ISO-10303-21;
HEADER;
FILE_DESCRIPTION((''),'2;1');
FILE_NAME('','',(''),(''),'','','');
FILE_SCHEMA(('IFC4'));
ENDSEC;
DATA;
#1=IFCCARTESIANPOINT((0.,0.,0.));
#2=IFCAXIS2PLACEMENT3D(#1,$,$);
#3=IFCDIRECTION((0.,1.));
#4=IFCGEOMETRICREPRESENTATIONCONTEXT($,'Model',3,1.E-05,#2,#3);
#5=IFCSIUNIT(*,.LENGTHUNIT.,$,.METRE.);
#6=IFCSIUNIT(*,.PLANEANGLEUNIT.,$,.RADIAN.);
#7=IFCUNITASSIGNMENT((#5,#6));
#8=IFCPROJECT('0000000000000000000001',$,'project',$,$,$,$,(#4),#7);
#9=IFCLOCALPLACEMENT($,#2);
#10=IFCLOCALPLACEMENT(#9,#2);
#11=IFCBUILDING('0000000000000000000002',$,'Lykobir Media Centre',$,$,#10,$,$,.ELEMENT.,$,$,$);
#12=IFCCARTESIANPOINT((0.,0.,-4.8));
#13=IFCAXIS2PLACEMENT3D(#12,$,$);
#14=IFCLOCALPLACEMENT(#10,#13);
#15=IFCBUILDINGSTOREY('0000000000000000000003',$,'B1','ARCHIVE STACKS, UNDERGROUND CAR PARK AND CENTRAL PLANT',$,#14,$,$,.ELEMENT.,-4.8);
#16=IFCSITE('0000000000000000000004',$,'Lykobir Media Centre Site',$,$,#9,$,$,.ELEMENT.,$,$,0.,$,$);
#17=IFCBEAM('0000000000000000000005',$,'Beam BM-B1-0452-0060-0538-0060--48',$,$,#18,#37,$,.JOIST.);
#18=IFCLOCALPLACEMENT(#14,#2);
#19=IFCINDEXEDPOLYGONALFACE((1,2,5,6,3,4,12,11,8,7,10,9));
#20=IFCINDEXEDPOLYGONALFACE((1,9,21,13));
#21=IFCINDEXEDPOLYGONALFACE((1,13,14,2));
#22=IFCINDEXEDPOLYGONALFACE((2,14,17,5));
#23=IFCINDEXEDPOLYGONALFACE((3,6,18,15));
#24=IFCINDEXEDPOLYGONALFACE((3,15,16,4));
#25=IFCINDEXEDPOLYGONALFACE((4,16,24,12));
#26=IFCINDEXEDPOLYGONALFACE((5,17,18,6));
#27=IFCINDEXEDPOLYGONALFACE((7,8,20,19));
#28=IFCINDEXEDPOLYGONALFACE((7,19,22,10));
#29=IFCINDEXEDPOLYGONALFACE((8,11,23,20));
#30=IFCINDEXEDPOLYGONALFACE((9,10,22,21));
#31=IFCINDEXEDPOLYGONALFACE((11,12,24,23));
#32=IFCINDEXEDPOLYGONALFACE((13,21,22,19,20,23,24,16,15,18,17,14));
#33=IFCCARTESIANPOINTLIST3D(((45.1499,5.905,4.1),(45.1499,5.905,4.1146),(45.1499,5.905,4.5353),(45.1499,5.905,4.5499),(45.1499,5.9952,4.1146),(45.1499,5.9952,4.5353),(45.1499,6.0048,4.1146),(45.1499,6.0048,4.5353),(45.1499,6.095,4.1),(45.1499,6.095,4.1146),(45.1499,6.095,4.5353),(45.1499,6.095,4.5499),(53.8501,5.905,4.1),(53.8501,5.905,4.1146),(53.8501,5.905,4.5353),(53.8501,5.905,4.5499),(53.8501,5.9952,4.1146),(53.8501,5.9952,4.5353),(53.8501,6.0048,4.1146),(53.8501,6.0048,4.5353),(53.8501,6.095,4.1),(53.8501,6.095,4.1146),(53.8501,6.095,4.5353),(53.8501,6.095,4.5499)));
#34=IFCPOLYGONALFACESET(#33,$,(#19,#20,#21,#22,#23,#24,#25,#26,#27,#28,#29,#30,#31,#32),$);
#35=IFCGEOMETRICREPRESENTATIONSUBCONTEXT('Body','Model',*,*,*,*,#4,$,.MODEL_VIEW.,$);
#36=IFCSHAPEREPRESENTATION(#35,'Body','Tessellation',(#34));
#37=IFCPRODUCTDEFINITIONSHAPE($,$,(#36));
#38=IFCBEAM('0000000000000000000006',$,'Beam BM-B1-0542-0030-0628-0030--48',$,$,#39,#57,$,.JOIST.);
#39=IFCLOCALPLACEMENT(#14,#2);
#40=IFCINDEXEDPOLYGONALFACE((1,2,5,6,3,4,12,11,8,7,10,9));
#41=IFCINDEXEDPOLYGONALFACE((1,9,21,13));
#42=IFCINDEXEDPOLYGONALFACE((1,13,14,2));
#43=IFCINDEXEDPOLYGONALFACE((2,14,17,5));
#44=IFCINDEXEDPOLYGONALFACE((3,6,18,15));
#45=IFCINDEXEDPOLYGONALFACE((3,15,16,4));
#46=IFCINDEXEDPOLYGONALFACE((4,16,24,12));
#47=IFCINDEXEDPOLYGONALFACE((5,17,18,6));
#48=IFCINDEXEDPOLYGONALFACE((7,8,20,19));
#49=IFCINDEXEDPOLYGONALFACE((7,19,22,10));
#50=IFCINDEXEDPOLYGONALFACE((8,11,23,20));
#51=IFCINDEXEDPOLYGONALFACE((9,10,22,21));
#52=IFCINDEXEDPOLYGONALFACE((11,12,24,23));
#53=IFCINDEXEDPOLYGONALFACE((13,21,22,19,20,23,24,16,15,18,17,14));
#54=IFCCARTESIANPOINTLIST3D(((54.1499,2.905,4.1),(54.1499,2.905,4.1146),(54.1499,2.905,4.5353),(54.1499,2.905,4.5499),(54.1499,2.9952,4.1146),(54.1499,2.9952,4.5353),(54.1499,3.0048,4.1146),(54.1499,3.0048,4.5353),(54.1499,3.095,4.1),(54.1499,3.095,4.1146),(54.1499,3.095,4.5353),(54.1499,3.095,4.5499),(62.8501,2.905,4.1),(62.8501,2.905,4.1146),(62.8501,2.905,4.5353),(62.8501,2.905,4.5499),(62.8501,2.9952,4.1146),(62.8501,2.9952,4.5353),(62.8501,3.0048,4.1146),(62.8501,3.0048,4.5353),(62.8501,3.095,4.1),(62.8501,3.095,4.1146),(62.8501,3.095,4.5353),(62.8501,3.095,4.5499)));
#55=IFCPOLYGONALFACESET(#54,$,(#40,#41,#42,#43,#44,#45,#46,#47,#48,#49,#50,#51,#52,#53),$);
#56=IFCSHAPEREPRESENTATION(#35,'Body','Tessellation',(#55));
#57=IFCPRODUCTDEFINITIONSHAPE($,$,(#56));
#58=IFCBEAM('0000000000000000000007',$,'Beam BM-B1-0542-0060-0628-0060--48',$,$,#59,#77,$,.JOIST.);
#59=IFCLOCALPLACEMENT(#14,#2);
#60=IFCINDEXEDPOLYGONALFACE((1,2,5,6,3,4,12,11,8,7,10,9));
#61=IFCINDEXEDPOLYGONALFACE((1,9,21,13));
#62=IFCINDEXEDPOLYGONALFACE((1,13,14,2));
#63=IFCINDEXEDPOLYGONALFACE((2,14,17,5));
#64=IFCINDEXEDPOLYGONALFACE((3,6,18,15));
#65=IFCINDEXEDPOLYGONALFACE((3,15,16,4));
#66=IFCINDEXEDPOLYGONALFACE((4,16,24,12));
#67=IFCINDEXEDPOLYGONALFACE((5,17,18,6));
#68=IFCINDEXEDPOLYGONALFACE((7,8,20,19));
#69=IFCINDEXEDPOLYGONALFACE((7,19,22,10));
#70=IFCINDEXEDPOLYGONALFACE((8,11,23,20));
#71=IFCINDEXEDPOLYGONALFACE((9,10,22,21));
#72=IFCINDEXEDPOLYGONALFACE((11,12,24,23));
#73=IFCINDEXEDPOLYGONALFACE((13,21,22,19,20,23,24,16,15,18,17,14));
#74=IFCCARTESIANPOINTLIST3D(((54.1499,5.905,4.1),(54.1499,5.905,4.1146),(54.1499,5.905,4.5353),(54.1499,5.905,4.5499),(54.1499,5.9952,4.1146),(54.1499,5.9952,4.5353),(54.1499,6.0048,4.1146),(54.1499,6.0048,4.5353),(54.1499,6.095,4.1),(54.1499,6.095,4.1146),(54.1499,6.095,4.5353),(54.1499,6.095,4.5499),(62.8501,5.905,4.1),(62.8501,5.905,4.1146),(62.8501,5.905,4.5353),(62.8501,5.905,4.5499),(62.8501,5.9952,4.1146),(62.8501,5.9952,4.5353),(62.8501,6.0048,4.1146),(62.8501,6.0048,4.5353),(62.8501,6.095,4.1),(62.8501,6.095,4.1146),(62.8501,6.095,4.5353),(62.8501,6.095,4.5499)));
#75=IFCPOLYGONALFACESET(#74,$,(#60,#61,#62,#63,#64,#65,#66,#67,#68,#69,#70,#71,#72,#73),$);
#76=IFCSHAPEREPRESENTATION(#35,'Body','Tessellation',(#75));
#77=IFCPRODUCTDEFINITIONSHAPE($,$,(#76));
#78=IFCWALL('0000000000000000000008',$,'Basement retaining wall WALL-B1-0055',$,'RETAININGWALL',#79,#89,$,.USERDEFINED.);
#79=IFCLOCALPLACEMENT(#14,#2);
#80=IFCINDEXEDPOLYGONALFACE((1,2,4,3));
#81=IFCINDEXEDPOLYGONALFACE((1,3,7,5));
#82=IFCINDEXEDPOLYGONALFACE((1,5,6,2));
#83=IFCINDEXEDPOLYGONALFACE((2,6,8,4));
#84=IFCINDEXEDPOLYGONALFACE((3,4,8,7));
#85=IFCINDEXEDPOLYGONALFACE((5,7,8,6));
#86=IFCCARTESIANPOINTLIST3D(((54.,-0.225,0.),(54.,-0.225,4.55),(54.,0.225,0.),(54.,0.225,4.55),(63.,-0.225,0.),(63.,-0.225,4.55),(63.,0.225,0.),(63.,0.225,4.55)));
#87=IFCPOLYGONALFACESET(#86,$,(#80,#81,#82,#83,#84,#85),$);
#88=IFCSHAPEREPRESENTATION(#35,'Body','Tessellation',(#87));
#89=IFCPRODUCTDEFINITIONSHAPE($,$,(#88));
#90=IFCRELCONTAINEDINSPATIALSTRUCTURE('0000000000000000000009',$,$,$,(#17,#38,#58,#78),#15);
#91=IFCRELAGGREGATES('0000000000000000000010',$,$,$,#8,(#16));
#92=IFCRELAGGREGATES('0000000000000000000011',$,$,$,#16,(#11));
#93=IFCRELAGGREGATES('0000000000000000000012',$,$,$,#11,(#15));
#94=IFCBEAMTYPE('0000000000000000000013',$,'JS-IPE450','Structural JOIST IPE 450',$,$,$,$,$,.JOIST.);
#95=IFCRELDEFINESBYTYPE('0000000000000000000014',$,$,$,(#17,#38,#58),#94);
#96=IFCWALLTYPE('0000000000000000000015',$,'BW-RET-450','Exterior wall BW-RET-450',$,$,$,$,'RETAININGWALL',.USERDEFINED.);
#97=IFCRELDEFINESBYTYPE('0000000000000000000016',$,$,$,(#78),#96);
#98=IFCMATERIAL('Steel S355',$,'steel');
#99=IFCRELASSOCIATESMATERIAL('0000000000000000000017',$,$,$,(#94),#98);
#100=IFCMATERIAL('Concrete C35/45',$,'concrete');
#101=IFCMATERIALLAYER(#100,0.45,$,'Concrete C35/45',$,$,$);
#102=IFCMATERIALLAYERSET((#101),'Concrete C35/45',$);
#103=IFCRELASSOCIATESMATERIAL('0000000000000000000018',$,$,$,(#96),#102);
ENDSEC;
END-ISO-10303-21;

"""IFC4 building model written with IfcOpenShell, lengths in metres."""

from ifc_helpers import new_model, si_unit, direction, frame, frame_2d, origin, origin_2d, place, context, subcontext, project, spatial, rectangle, i_section, extrude, material, layer, layer_set, material_profile, profile_set, type_object, element, save


model = new_model("IFC4")

# Units and contexts
model_context = context("Model", 3, precision=1e-05, world=origin(), true_north=direction((0.0, 1.0)))
body_context = subcontext(model_context, "Body", "Model", "MODEL_VIEW")
ifc_project = project(units=[si_unit("LENGTHUNIT", "METRE"), si_unit("PLANEANGLEUNIT", "RADIAN")], contexts=[model_context])

# Site, building, storey
site_placement = place(None, origin())
site = spatial("IfcSite", under=ifc_project, at=site_placement, Name="Lykobir Media Centre Site", CompositionType="ELEMENT", RefElevation=0.0)
building_placement = place(site_placement, origin())
building = spatial("IfcBuilding", under=site, at=building_placement, Name="Lykobir Media Centre", CompositionType="ELEMENT")
storey_placement = place(building_placement, frame((0.0, 0.0, -4.8)))
storey = spatial("IfcBuildingStorey", under=building, at=storey_placement, Name="B1", Description="ARCHIVE STACKS, UNDERGROUND CAR PARK AND CENTRAL PLANT", CompositionType="ELEMENT", Elevation=-4.8)

# Shared definitions
ifc_material_1 = material(Name="Concrete C35/45", Category="concrete")

# Shared definitions
ifc_material_2 = material(Name="Steel S355", Category="steel")

# Beams
ifc_material_profile_1 = material_profile(ifc_material_2, i_section(OverallWidth=0.1899, OverallDepth=0.45, WebThickness=0.0095, FlangeThickness=0.0146, at=origin_2d()), Name="IPE 450")
ifc_profile_set_1 = profile_set([ifc_material_profile_1], Name="Steel S355")
beam_type_1 = type_object("IfcBeamType", Name="JS-IPE450", Description="Structural JOIST IPE 450", PredefinedType="JOIST", material=ifc_profile_set_1)
for number, where, z_axis, x_axis, name in (
    (1, (45.1499, 6.0, 4.325), (1.0, 0.0, 0.0), (0.0, 1.0, 0.0), "Beam BM-B1-0452-0060-0538-0060--48"),
    (2, (54.1499, 3.0, 4.325), (1.0, 0.0, 0.0), (0.0, 1.0, 0.0), "Beam BM-B1-0542-0030-0628-0030--48"),
    (3, (54.1499, 6.0, 4.325), (1.0, 0.0, 0.0), (0.0, 1.0, 0.0), "Beam BM-B1-0542-0060-0628-0060--48"),
):
    element("IfcBeam", number, at=place(storey_placement, frame(where, z_axis=z_axis, x_axis=x_axis)), inside=storey, type_object=beam_type_1, Name=name, PredefinedType="JOIST", context=body_context, shape_type="SweptSolid", body=[
        extrude(i_section(OverallWidth=0.1899, OverallDepth=0.45, WebThickness=0.0095, FlangeThickness=0.0146, at=origin_2d()), origin(), (0.0, 0.0, 1.0), 8.7002),
    ])

# Wall
ifc_layer = layer(ifc_material_1, 0.45, Name="Concrete C35/45")
ifc_layer_set = layer_set([ifc_layer], Name="Concrete C35/45")
wall_type = type_object("IfcWallType", Name="BW-RET-450", Description="Exterior wall BW-RET-450", ElementType="RETAININGWALL", PredefinedType="USERDEFINED", material=ifc_layer_set)
wall_placement = place(storey_placement, frame((54.0, 0.0, 0.0), z_axis=(0.0, 0.0, 1.0), x_axis=(1.0, 0.0, 0.0)))
element("IfcWall", 4, at=wall_placement, inside=storey, type_object=wall_type, Name="Basement retaining wall WALL-B1-0055", ObjectType="RETAININGWALL", PredefinedType="USERDEFINED", context=body_context, shape_type="SweptSolid", body=[
    extrude(rectangle(XDim=9.0, YDim=0.45, at=frame_2d((4.5, 0.0))), origin(), (0.0, 0.0, 1.0), 4.55),
])

save(model, "model.ifc")
